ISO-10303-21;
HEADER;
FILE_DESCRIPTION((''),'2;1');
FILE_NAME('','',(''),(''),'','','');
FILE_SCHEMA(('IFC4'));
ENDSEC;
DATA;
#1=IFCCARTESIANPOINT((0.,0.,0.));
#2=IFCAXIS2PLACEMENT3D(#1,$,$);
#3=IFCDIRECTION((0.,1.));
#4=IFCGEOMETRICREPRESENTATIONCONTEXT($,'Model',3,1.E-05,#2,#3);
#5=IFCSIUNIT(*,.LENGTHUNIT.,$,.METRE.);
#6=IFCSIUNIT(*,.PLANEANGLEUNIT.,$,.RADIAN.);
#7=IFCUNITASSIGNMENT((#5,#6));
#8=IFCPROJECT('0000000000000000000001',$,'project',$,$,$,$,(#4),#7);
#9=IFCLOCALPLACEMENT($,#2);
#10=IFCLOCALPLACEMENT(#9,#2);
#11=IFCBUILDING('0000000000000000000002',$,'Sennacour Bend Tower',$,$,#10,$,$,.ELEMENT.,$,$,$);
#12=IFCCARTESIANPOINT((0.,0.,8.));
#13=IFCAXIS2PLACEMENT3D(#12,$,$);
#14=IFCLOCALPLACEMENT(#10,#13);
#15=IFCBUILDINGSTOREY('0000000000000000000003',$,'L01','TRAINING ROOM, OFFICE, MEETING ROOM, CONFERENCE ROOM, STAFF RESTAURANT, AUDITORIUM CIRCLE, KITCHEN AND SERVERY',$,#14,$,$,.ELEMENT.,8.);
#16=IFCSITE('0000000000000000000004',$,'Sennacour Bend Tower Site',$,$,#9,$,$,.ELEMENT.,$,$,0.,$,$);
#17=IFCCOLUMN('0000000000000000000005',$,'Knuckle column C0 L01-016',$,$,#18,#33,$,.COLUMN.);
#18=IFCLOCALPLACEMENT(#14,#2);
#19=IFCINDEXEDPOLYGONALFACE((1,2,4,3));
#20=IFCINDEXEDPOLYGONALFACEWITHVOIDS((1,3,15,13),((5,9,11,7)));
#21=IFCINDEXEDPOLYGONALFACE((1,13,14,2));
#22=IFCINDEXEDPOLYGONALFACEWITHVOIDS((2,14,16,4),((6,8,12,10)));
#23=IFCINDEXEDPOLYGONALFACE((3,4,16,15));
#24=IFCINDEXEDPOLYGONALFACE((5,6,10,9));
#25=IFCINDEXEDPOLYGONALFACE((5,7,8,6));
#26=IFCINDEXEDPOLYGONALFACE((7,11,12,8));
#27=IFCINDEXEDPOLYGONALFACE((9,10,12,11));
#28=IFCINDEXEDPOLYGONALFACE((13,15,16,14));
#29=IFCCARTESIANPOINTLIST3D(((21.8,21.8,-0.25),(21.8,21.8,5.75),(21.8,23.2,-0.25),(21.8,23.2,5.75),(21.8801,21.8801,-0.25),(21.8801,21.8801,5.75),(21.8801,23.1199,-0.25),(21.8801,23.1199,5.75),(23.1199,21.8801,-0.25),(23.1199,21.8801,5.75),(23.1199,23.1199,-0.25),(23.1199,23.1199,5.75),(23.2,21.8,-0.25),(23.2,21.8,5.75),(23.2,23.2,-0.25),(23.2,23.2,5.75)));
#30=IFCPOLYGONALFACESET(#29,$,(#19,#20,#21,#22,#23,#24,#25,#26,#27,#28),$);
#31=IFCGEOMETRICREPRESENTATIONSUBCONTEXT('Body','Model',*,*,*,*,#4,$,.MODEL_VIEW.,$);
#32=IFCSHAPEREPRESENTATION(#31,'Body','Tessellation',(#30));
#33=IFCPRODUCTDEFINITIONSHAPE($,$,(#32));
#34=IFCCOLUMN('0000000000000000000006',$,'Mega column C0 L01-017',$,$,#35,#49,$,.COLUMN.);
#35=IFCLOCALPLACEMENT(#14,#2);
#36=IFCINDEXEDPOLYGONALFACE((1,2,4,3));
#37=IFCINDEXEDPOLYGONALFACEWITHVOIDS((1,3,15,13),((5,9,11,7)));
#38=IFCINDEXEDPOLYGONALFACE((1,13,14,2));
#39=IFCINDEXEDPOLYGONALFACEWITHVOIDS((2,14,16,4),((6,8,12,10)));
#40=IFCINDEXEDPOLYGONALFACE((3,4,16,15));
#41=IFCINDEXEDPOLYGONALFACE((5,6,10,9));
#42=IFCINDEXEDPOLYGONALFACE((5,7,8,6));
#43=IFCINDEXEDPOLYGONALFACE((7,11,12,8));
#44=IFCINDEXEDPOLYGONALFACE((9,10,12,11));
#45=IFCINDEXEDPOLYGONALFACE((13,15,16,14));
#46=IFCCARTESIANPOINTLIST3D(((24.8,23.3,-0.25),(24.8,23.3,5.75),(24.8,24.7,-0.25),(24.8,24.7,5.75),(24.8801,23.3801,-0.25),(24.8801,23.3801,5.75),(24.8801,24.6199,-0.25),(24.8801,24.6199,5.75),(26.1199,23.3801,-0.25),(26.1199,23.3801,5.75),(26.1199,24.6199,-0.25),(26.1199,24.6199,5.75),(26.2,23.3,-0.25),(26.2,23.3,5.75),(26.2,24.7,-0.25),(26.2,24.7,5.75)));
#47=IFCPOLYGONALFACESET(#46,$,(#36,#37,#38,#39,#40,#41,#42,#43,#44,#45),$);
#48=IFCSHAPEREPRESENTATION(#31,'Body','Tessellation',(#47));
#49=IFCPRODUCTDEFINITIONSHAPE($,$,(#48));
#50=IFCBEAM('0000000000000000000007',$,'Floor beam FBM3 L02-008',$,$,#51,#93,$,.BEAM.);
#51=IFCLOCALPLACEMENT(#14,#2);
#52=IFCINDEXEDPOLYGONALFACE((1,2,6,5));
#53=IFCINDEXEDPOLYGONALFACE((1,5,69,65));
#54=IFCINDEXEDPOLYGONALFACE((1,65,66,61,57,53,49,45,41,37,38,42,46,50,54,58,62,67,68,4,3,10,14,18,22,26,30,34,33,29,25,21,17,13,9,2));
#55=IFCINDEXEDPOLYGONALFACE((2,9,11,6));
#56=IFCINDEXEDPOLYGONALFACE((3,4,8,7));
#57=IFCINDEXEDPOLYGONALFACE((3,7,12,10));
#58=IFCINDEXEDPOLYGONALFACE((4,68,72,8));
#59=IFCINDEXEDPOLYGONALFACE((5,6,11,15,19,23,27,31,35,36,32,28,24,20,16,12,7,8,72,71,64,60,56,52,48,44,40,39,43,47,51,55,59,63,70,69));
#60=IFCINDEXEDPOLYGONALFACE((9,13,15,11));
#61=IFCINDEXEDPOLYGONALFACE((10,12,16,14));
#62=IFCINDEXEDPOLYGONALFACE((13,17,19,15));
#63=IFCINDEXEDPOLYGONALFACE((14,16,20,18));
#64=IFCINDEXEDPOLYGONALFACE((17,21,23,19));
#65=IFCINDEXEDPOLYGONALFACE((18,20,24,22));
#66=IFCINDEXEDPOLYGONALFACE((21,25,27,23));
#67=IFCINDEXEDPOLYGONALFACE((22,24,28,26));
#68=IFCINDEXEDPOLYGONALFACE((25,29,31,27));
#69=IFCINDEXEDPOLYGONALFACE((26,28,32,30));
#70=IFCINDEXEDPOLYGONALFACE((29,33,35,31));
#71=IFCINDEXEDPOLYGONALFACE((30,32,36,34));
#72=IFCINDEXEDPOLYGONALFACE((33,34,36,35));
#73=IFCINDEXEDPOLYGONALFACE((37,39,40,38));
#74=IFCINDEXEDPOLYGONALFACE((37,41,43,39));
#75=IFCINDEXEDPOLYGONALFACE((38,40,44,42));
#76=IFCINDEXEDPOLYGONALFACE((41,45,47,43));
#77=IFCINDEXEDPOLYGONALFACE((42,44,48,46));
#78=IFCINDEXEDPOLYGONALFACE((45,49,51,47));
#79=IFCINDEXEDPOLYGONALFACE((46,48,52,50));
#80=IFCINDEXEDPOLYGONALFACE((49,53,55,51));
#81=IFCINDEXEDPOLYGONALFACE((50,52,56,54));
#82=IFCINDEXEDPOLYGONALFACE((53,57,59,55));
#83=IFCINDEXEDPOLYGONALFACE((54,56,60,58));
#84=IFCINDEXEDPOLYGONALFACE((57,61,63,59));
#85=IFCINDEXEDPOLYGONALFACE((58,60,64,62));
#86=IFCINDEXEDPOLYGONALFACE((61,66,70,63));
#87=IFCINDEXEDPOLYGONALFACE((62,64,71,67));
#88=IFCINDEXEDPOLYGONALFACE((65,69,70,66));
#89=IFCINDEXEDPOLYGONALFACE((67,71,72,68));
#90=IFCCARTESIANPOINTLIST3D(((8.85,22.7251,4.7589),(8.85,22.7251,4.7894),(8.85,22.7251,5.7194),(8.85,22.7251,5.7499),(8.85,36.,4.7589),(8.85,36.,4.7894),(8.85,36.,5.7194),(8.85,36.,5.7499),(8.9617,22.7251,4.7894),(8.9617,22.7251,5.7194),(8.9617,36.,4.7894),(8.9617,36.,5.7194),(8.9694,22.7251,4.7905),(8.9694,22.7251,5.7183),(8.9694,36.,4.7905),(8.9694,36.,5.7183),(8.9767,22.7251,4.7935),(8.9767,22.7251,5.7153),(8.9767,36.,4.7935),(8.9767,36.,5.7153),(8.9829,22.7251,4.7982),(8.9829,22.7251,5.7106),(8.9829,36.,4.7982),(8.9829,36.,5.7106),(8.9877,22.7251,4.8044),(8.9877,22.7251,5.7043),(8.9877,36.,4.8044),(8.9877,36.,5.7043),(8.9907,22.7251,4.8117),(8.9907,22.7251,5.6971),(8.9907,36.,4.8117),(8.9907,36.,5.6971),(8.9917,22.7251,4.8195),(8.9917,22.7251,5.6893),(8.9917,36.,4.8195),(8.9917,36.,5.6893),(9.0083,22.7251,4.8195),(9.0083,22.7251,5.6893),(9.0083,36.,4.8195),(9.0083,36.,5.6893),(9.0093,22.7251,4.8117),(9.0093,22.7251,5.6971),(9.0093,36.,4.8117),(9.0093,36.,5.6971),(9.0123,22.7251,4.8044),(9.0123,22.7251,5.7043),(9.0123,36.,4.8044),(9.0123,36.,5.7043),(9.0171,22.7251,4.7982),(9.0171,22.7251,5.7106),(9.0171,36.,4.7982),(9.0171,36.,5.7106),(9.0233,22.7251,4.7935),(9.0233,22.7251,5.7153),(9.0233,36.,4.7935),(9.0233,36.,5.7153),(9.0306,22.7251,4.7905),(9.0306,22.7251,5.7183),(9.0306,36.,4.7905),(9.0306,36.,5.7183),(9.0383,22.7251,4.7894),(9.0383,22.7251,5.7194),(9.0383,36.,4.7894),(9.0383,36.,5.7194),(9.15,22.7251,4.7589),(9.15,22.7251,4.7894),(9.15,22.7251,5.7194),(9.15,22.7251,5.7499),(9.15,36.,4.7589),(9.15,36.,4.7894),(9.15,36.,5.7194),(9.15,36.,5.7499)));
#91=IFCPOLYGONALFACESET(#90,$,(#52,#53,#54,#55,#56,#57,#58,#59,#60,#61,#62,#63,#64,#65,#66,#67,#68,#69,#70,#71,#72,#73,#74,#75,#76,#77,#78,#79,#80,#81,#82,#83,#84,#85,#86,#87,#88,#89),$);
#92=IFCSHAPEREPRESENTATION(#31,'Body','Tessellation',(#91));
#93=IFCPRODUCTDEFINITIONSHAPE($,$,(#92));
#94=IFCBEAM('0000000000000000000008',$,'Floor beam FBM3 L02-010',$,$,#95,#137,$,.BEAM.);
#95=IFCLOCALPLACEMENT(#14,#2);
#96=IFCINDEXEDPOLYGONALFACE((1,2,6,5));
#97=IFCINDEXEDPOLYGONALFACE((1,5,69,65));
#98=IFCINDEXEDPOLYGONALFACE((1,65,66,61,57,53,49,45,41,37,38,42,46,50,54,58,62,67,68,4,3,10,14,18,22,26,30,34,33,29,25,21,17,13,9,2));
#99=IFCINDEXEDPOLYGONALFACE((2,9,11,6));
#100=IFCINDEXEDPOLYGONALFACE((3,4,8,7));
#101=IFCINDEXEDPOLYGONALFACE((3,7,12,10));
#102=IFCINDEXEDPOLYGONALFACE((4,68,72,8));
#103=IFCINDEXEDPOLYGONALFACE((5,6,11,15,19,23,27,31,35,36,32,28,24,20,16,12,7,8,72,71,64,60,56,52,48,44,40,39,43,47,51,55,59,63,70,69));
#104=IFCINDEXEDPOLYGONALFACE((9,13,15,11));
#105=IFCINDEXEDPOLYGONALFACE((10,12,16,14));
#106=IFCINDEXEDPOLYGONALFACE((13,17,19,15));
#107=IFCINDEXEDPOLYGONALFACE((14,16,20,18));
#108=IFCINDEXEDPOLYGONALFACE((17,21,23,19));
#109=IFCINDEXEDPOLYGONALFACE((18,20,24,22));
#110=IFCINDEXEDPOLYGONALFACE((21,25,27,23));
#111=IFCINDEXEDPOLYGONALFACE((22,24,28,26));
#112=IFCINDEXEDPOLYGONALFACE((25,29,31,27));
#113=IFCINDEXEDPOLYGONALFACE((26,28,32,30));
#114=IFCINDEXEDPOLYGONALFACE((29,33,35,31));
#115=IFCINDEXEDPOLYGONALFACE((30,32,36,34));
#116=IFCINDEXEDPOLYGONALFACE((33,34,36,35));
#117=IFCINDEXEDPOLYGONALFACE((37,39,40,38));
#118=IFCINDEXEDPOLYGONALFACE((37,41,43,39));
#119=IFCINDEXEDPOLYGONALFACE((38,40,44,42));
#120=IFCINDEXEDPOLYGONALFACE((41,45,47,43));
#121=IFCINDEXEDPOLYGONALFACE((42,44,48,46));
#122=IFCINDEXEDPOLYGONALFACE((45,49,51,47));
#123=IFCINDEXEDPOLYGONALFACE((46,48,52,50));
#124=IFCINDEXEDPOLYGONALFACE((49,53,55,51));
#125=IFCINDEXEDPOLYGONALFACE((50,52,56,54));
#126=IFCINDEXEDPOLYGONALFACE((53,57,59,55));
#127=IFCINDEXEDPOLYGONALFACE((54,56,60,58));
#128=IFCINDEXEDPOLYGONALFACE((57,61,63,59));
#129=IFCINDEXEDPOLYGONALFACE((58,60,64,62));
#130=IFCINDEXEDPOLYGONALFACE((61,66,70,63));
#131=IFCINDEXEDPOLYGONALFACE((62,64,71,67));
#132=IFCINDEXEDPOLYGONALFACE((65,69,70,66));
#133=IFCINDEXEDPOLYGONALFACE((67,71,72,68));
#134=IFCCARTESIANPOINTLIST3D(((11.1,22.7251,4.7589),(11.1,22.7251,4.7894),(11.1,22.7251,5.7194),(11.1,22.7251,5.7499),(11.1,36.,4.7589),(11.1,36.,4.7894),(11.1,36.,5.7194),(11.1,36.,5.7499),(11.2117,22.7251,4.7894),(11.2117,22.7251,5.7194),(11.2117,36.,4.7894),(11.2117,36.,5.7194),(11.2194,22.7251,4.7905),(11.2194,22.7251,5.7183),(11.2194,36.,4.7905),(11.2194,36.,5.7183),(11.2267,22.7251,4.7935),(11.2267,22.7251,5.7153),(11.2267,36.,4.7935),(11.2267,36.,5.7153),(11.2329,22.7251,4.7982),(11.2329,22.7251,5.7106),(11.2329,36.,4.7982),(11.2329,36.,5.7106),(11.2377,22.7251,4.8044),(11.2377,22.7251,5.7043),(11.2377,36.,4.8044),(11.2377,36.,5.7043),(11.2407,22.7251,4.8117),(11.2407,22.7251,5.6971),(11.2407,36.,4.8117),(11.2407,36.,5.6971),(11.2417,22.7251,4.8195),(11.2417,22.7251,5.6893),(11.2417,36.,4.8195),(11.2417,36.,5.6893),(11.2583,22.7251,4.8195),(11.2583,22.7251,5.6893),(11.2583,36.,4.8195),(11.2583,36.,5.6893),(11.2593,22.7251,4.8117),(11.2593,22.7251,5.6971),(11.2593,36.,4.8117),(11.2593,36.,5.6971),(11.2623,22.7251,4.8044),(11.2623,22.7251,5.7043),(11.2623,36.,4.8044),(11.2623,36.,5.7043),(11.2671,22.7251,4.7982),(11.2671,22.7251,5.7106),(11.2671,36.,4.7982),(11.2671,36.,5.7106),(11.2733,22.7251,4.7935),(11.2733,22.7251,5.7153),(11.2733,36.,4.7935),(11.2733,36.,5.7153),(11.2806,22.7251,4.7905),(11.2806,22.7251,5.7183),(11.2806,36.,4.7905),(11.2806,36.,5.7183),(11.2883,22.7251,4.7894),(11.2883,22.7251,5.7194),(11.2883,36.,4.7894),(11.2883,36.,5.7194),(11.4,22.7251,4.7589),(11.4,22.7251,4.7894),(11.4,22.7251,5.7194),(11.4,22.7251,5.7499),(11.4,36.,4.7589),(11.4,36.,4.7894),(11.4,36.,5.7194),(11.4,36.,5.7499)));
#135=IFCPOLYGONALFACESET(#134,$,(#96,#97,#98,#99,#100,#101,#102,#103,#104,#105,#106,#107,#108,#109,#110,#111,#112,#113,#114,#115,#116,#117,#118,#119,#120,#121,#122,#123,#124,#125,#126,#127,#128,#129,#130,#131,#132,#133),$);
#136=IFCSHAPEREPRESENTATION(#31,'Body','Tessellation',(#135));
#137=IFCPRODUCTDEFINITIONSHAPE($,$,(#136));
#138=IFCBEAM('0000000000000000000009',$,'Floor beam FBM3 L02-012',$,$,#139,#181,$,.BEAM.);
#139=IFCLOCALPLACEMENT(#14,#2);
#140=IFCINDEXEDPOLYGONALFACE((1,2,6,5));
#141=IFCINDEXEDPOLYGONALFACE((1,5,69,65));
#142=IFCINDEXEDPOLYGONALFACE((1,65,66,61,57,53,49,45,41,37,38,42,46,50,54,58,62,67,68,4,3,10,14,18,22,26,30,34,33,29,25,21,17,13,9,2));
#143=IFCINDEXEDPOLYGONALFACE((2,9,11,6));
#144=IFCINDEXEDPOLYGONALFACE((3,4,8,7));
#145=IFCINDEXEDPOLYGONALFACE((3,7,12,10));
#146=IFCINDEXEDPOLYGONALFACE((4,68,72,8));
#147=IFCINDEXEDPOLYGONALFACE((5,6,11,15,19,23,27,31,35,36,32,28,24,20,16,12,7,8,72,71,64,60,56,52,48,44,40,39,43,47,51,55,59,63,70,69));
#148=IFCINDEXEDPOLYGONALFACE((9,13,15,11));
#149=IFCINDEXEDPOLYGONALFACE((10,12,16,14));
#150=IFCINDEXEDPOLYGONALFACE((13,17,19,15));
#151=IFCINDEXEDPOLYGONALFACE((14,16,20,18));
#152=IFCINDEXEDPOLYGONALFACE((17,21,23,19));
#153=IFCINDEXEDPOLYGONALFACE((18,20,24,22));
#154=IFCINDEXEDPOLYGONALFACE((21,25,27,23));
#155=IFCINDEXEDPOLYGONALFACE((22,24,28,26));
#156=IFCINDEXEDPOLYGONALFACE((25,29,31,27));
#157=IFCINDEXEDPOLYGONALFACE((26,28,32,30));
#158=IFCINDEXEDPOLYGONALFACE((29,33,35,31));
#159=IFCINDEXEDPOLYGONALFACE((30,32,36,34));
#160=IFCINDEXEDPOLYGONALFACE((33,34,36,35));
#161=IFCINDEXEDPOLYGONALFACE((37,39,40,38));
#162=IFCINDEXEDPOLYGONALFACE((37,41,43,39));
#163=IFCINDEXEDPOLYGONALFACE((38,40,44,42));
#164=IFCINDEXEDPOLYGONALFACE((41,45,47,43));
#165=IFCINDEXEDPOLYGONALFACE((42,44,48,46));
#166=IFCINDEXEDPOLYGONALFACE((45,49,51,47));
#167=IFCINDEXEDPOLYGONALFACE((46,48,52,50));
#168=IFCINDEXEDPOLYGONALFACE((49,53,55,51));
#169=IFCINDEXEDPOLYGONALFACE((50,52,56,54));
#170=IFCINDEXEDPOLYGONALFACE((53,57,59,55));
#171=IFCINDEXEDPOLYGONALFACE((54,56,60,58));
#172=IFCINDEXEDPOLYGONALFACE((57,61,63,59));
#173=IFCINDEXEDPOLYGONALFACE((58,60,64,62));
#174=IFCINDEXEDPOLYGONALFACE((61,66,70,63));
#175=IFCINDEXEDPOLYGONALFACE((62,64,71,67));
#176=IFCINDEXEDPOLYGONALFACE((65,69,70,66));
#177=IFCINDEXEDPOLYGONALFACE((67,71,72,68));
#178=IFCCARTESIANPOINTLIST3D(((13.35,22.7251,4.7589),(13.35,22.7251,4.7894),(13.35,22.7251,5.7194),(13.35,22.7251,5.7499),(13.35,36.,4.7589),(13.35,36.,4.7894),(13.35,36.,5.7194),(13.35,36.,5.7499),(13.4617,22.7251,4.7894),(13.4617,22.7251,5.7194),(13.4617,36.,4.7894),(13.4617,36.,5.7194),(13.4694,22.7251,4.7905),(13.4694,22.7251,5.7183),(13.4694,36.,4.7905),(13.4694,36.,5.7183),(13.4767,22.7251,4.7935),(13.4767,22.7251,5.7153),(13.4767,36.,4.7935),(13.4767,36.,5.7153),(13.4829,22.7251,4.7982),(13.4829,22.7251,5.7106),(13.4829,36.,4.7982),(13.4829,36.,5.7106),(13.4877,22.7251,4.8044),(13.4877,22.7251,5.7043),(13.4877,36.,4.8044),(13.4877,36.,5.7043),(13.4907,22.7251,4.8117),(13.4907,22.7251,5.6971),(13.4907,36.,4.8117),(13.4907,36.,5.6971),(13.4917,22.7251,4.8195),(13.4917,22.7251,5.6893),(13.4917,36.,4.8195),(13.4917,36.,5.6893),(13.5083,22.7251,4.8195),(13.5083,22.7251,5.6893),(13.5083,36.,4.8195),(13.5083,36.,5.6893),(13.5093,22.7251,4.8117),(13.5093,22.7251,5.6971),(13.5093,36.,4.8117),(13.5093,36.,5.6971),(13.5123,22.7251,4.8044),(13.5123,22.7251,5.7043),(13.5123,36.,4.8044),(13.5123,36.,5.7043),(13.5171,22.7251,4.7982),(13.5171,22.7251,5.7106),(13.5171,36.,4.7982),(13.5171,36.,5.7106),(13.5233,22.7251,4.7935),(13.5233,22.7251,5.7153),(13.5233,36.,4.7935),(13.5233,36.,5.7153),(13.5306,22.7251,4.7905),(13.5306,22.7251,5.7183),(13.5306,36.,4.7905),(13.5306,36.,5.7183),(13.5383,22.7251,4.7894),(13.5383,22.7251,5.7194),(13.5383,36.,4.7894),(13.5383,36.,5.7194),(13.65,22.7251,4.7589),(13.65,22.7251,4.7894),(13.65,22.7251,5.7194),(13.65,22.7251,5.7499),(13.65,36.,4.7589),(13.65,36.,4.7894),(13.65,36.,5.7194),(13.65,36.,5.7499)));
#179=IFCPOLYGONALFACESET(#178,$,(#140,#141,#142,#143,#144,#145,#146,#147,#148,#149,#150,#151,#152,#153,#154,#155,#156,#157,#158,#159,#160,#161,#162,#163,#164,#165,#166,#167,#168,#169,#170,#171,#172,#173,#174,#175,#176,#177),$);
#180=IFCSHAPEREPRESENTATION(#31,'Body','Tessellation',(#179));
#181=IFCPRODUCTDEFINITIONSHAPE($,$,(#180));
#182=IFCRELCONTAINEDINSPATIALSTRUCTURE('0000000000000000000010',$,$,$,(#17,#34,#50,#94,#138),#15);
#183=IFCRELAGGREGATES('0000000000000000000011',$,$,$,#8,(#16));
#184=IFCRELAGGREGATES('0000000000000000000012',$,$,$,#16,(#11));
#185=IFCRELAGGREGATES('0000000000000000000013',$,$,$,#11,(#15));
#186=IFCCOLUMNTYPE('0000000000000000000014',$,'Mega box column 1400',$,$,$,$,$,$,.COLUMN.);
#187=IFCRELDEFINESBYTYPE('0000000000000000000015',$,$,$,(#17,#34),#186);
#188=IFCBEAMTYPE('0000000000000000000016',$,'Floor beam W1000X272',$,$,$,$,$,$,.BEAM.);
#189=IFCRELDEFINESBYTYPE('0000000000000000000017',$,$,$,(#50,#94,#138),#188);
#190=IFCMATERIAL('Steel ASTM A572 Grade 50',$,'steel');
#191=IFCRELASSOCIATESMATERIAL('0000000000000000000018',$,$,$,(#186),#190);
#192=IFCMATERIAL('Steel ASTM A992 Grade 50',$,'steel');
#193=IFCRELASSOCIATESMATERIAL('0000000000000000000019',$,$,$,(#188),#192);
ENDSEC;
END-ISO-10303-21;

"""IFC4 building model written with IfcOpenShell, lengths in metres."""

from ifc_helpers import new_model, si_unit, direction, frame, origin, origin_2d, place, context, subcontext, project, spatial, hollow_rectangle, i_section, extrude, material, material_profile, profile_set, type_object, element, save


model = new_model("IFC4")

# Units and contexts
model_context = context("Model", 3, precision=1e-05, world=origin(), true_north=direction((0.0, 1.0)))
body_context = subcontext(model_context, "Body", "Model", "MODEL_VIEW")
ifc_project = project(units=[si_unit("LENGTHUNIT", "METRE"), si_unit("PLANEANGLEUNIT", "RADIAN")], contexts=[model_context])

# Site, building, storey
site_placement = place(None, origin())
site = spatial("IfcSite", under=ifc_project, at=site_placement, Name="Sennacour Bend Tower Site", CompositionType="ELEMENT", RefElevation=0.0)
building_placement = place(site_placement, origin())
building = spatial("IfcBuilding", under=site, at=building_placement, Name="Sennacour Bend Tower", CompositionType="ELEMENT")
storey_placement = place(building_placement, frame((0.0, 0.0, 8.0)))
storey = spatial("IfcBuildingStorey", under=building, at=storey_placement, Name="L01", Description="TRAINING ROOM, OFFICE, MEETING ROOM, CONFERENCE ROOM, STAFF RESTAURANT, AUDITORIUM CIRCLE, KITCHEN AND SERVERY", CompositionType="ELEMENT", Elevation=8.0)

# Columns
ifc_material_1 = material(Name="Steel ASTM A572 Grade 50", Category="steel")
ifc_material_profile_1 = material_profile(ifc_material_1, hollow_rectangle(XDim=1.3999, YDim=1.3999, WallThickness=0.0801, at=origin_2d()), Name="Steel ASTM A572 Grade 50", Category="steel")
ifc_profile_set_1 = profile_set([ifc_material_profile_1], Name="Steel ASTM A572 Grade 50")
column_type = type_object("IfcColumnType", Name="Mega box column 1400", PredefinedType="COLUMN", material=ifc_profile_set_1)
for number, where, z_axis, x_axis, name in (
    (1, (22.5, 22.5, -0.25), (0.0, 0.0, 1.0), (1.0, 0.0, 0.0), "Knuckle column C0 L01-016"),
    (2, (25.5, 24.0, -0.25), (0.0, 0.0, 1.0), (1.0, 0.0, 0.0), "Mega column C0 L01-017"),
):
    element("IfcColumn", number, at=place(storey_placement, frame(where, z_axis=z_axis, x_axis=x_axis)), inside=storey, type_object=column_type, Name=name, PredefinedType="COLUMN", context=body_context, shape_type="SweptSolid", body=[
        extrude(hollow_rectangle(XDim=1.3999, YDim=1.3999, WallThickness=0.0801, at=origin_2d()), origin(), (0.0, 0.0, 1.0), 6.0),
    ])

# Beams
ifc_material_2 = material(Name="Steel ASTM A992 Grade 50", Category="steel")
ifc_material_profile_2 = material_profile(ifc_material_2, i_section(OverallWidth=0.3, OverallDepth=0.991, WebThickness=0.0166, FlangeThickness=0.0305, FilletRadius=0.03, at=origin_2d()), Name="Steel ASTM A992 Grade 50", Category="steel")
ifc_profile_set_2 = profile_set([ifc_material_profile_2], Name="Steel ASTM A992 Grade 50")
beam_type_1 = type_object("IfcBeamType", Name="Floor beam W1000X272", PredefinedType="BEAM", material=ifc_profile_set_2)
for number, where, z_axis, x_axis, name in (
    (3, (9.0, 22.7251, 5.2544), (0.0, 1.0, 0.0), (-1.0, 0.0, 0.0), "Floor beam FBM3 L02-008"),
    (4, (11.25, 22.7251, 5.2544), (0.0, 1.0, 0.0), (-1.0, 0.0, 0.0), "Floor beam FBM3 L02-010"),
    (5, (13.5, 22.7251, 5.2544), (0.0, 1.0, 0.0), (-1.0, 0.0, 0.0), "Floor beam FBM3 L02-012"),
):
    element("IfcBeam", number, at=place(storey_placement, frame(where, z_axis=z_axis, x_axis=x_axis)), inside=storey, type_object=beam_type_1, Name=name, PredefinedType="BEAM", context=body_context, shape_type="SweptSolid", body=[
        extrude(i_section(OverallWidth=0.3, OverallDepth=0.991, WebThickness=0.0166, FlangeThickness=0.0305, FilletRadius=0.03, at=origin_2d()), origin(), (0.0, 0.0, 1.0), 13.2749),
    ])

save(model, "model.ifc")
